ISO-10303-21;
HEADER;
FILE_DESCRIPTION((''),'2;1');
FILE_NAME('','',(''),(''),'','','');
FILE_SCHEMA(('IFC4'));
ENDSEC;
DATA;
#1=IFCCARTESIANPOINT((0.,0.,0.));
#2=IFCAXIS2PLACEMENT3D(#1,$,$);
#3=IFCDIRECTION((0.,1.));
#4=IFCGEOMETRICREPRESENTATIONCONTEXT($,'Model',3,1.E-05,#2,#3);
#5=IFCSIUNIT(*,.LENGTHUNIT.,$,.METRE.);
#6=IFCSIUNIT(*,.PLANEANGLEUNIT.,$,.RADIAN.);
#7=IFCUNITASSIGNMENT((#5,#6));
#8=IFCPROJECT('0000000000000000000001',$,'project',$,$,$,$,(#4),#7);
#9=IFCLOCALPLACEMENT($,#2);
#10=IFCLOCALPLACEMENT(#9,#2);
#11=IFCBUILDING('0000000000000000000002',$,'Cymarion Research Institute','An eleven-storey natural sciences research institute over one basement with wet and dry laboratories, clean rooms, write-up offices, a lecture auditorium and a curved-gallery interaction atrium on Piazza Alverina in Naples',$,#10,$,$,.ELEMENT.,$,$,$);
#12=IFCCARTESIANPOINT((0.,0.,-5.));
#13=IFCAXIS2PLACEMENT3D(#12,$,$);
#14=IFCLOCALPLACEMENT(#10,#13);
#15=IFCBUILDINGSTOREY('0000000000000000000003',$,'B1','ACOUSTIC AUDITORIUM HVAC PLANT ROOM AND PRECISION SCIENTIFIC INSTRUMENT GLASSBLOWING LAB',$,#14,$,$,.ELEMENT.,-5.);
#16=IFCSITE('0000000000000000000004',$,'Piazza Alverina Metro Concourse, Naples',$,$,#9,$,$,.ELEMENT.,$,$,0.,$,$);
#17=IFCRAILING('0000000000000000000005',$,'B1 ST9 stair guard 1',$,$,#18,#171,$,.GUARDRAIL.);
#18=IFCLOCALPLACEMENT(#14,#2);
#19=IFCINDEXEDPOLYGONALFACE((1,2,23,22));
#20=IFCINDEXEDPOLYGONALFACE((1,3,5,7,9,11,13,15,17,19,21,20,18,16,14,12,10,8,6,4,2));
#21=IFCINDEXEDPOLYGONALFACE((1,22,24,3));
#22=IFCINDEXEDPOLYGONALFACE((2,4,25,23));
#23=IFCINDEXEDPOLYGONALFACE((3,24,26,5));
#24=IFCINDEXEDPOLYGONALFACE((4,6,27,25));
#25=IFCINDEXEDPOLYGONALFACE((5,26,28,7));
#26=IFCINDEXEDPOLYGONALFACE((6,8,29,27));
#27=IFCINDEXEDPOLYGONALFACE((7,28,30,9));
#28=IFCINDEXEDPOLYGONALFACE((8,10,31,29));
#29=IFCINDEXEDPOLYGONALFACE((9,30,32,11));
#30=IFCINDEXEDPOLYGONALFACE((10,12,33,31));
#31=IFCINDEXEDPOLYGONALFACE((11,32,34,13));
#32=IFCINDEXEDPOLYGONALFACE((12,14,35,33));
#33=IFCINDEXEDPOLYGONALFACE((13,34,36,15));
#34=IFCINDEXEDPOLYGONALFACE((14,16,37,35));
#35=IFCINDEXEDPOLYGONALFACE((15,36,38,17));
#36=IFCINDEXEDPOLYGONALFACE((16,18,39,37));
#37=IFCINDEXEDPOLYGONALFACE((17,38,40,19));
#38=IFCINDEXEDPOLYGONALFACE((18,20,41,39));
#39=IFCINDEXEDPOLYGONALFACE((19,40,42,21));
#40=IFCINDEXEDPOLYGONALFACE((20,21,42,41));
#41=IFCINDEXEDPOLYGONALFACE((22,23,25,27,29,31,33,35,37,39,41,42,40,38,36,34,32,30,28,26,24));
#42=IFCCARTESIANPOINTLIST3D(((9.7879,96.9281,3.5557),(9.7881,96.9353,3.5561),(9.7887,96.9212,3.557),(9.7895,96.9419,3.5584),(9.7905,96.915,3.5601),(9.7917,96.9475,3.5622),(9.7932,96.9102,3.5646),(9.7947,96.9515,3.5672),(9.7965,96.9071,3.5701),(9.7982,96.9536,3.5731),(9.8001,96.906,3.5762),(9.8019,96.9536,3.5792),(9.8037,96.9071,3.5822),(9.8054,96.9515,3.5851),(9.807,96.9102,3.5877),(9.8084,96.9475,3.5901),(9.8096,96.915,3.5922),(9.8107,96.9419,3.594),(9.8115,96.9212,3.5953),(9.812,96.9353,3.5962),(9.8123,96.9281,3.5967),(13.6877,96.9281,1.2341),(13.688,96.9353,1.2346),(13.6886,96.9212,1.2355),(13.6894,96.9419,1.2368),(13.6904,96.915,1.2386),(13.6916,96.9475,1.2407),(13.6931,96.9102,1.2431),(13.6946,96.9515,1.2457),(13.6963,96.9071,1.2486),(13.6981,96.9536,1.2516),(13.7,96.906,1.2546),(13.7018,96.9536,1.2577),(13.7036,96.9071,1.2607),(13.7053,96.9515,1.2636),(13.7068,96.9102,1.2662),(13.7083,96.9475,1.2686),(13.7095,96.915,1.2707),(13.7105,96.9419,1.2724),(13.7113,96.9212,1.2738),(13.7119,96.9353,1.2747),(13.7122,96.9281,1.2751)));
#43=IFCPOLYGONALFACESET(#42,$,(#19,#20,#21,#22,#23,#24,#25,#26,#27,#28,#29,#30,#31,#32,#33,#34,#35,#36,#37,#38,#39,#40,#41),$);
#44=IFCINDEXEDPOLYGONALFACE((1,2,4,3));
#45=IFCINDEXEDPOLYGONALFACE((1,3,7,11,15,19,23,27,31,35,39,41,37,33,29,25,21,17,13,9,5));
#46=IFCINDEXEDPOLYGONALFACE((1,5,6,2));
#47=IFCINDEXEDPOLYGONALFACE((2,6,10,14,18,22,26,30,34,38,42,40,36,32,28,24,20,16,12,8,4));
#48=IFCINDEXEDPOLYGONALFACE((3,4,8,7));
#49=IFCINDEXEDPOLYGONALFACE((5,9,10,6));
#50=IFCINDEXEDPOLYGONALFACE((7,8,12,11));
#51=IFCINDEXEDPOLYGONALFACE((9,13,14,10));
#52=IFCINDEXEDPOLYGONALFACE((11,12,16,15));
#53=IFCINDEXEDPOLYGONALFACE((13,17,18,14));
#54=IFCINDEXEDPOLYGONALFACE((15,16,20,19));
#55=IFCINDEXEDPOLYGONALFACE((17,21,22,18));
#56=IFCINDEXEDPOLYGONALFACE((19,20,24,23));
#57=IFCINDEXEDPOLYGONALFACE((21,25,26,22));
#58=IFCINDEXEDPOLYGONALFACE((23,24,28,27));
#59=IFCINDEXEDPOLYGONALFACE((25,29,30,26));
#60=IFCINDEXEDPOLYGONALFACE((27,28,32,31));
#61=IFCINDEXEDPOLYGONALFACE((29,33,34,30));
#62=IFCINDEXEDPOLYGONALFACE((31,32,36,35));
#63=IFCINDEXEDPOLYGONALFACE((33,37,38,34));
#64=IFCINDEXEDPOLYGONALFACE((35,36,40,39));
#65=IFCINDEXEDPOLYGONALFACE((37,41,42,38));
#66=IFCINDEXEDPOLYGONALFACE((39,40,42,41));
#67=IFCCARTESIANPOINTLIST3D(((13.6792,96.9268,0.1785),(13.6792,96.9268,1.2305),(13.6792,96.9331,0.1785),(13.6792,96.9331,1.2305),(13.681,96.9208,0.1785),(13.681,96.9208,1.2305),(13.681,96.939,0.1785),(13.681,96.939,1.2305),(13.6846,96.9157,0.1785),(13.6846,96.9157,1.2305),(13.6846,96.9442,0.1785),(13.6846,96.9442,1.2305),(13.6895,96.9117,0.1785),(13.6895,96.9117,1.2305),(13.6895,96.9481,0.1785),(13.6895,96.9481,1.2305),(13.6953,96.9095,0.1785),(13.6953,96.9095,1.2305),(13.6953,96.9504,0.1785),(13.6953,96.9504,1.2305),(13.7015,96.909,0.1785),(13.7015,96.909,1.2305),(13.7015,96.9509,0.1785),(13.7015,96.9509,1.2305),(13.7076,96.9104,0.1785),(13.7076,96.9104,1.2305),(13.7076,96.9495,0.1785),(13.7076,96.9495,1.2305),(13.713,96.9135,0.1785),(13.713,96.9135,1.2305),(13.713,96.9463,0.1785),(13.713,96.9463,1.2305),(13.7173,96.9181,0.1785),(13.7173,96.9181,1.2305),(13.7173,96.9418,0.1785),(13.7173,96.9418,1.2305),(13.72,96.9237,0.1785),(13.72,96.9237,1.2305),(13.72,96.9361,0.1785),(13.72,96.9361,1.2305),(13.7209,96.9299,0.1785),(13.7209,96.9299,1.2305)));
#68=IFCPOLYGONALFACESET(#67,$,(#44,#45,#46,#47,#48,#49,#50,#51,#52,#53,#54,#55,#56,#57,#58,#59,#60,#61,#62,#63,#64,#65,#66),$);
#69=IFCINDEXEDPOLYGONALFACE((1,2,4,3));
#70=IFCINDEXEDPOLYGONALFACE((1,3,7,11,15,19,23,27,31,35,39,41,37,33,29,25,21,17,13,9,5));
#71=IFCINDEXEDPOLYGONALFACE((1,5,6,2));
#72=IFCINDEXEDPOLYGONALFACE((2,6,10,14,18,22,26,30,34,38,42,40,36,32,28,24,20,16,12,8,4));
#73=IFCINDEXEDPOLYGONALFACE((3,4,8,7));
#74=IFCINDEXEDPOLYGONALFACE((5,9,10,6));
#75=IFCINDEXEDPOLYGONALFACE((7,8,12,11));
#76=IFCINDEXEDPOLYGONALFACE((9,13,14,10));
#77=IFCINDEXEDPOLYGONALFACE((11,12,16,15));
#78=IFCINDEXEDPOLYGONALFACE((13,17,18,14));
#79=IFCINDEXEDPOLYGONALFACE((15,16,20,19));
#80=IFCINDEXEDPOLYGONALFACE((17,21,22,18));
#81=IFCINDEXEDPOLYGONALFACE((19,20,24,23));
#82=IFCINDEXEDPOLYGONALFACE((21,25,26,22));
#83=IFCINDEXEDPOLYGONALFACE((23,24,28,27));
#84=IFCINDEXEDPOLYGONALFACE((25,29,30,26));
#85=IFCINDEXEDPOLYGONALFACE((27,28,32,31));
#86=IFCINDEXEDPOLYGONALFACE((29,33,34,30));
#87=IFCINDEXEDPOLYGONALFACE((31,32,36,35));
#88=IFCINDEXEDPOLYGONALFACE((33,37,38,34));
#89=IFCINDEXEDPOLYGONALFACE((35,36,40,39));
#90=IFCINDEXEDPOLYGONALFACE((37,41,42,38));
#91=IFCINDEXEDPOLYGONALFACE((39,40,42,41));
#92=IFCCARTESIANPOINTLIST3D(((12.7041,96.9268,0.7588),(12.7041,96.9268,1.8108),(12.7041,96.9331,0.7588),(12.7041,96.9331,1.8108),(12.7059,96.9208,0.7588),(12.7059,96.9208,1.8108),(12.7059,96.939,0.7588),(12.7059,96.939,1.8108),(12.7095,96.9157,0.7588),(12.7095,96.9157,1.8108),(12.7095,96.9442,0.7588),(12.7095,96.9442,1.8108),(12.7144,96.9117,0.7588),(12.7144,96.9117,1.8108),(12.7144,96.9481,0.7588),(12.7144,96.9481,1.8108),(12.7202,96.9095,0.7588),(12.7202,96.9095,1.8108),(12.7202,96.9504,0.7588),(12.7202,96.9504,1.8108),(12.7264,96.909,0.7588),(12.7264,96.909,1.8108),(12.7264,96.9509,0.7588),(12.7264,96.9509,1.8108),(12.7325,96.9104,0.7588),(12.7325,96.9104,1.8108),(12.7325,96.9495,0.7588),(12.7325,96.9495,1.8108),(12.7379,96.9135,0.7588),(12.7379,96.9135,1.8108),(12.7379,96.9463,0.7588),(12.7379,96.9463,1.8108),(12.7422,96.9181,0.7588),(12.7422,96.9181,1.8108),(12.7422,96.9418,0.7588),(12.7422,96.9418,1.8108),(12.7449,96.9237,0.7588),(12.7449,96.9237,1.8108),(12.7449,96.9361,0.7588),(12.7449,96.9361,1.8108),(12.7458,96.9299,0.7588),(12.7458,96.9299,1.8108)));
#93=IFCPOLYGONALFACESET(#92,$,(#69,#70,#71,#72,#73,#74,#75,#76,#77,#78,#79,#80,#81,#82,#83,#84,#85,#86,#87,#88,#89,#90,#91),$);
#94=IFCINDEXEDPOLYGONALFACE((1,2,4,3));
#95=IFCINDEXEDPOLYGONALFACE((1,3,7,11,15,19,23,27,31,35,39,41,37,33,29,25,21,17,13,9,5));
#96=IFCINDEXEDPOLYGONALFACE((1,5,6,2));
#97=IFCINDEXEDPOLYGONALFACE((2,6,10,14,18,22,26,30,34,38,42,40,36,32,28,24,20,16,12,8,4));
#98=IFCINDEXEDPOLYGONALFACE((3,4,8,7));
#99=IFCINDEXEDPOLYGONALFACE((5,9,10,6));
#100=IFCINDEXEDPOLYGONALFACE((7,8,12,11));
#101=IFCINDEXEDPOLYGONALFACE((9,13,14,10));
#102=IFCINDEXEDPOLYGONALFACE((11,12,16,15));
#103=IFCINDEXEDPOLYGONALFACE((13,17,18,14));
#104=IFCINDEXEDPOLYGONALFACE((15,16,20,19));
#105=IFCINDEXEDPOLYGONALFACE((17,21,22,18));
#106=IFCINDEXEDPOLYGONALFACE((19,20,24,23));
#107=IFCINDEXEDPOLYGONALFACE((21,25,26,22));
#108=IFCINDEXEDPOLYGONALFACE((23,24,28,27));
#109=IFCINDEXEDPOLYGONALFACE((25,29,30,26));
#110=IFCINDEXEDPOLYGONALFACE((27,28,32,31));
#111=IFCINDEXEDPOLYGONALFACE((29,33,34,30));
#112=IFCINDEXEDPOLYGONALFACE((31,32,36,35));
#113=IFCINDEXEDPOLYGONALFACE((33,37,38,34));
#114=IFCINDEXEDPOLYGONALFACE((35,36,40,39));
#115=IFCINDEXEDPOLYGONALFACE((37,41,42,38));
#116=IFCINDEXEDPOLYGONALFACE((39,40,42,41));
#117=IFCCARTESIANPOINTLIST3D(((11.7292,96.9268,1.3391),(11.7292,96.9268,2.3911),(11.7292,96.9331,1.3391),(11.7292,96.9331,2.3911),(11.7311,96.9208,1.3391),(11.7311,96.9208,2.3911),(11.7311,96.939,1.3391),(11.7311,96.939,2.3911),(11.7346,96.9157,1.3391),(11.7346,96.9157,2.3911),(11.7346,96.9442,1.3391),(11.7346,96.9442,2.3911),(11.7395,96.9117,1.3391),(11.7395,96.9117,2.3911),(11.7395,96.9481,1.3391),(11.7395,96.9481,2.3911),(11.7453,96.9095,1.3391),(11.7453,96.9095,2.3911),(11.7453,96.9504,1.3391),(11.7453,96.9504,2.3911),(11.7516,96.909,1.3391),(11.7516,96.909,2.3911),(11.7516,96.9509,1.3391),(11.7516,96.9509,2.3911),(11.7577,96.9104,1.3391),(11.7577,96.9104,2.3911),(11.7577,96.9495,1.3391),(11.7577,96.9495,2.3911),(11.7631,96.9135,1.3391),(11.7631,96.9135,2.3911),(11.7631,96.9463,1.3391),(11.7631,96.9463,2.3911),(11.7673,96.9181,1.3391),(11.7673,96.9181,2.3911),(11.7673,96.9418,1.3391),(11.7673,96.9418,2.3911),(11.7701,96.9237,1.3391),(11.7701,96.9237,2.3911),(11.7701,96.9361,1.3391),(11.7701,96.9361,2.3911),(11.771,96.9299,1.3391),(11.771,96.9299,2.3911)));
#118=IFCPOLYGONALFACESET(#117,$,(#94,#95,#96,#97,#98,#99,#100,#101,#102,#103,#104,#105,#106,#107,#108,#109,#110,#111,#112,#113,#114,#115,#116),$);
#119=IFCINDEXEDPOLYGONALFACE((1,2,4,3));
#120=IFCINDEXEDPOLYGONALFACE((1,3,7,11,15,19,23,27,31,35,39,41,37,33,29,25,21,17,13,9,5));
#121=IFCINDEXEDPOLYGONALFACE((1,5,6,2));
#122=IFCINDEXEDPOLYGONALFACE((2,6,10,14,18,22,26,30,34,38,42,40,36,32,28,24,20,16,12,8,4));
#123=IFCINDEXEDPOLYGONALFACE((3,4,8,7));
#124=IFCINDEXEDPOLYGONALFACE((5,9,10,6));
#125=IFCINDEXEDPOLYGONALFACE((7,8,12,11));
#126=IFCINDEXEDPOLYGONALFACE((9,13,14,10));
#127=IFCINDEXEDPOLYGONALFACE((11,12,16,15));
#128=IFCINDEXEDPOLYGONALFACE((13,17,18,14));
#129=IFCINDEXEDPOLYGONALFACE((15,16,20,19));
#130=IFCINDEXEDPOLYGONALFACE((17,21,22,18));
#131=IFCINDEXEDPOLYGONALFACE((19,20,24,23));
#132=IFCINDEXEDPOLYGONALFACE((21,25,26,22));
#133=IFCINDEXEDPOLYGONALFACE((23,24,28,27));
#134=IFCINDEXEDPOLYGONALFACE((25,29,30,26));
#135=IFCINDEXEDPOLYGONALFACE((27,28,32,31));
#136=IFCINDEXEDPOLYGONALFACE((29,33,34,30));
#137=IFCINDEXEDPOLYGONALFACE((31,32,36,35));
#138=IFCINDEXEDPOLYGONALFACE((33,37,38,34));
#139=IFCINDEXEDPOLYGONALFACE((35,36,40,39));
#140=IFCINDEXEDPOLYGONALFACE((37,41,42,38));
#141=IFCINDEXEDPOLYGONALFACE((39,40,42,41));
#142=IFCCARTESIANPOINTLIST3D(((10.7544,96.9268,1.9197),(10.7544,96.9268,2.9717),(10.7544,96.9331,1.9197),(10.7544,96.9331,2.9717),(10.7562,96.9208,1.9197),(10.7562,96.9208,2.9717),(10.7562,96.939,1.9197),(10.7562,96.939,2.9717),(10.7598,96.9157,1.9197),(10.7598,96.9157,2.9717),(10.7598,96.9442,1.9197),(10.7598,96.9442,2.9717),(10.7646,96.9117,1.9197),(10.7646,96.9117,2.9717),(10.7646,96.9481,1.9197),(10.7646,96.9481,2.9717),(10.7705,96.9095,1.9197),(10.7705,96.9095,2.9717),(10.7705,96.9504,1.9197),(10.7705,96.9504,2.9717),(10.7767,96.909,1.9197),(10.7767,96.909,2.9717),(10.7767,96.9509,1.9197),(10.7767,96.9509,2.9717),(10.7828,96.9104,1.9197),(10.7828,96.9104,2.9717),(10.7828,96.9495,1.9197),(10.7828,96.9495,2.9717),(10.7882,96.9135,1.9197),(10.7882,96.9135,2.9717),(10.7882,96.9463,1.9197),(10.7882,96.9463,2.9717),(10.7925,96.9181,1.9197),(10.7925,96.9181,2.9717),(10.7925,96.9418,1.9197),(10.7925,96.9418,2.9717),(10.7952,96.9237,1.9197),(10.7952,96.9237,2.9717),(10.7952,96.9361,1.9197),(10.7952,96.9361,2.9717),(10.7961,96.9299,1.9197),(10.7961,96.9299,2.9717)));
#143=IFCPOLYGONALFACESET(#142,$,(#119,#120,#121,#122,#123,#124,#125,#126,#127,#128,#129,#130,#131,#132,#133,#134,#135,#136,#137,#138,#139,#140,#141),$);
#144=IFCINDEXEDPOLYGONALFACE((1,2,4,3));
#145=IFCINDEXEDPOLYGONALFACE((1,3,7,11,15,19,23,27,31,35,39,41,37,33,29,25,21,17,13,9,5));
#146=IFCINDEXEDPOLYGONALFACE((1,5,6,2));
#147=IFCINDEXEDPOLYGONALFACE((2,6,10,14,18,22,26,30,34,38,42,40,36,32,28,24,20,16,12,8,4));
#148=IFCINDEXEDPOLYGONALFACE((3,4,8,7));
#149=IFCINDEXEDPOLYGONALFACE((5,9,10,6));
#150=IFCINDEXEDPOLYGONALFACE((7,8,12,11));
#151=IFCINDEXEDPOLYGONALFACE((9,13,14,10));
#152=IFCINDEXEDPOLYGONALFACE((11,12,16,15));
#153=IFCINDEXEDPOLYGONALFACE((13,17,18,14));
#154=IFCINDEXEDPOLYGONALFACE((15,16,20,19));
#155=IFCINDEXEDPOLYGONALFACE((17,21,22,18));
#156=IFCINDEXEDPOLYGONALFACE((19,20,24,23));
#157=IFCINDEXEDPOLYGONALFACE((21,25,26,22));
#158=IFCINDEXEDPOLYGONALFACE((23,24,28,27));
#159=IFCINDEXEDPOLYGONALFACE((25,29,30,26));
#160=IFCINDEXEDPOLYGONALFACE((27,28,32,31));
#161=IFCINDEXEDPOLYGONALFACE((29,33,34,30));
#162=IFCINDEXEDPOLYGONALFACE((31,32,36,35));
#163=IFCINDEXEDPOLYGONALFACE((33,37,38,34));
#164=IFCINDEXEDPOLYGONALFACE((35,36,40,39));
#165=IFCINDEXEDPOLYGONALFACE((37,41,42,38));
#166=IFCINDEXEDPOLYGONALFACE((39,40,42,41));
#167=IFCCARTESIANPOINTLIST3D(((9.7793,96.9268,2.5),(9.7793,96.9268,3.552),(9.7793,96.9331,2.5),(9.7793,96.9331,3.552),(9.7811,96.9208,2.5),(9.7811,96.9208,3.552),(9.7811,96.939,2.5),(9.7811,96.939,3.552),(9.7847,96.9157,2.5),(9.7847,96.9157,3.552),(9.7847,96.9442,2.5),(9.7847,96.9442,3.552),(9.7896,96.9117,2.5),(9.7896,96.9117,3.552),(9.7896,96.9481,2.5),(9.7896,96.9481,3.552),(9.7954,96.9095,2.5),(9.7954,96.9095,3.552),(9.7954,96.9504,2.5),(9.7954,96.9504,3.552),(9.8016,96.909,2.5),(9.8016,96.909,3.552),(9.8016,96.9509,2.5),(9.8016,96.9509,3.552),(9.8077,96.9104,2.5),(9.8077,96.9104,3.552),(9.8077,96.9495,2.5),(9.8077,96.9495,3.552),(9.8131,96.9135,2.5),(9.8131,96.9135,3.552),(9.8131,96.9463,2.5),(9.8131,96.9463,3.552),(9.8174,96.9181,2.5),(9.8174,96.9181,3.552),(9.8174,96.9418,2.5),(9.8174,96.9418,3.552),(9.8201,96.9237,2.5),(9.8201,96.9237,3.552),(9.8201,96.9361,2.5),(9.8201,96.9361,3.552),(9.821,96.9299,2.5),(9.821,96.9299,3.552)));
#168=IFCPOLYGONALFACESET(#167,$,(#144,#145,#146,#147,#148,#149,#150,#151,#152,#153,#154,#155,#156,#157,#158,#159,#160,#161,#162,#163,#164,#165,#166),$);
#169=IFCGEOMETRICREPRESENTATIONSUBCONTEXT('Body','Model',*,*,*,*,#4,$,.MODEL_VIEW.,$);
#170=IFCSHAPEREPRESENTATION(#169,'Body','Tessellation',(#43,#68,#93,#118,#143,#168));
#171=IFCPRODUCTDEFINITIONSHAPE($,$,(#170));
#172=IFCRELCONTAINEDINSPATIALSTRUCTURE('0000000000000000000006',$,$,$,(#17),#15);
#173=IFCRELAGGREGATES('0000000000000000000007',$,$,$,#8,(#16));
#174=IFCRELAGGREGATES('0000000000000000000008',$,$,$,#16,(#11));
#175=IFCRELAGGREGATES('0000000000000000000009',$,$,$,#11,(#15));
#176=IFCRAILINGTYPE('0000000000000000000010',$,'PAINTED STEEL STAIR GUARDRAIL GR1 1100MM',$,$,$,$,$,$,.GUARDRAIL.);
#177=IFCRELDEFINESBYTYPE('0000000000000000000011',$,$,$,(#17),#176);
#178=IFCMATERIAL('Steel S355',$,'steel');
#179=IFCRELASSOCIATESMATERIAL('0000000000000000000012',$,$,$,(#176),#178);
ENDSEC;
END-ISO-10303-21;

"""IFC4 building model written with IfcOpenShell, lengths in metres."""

from ifc_helpers import new_model, si_unit, direction, frame, origin, origin_2d, place, context, subcontext, project, spatial, circle, extrude, material, type_object, element, save


model = new_model("IFC4")

# Units and contexts
model_context = context("Model", 3, precision=1e-05, world=origin(), true_north=direction((0.0, 1.0)))
body_context = subcontext(model_context, "Body", "Model", "MODEL_VIEW")
ifc_project = project(units=[si_unit("LENGTHUNIT", "METRE"), si_unit("PLANEANGLEUNIT", "RADIAN")], contexts=[model_context])

# Site, building, storey
site_placement = place(None, origin())
site = spatial("IfcSite", under=ifc_project, at=site_placement, Name="Piazza Alverina Metro Concourse, Naples", CompositionType="ELEMENT", RefElevation=0.0)
building_placement = place(site_placement, origin())
building = spatial("IfcBuilding", under=site, at=building_placement, Name="Cymarion Research Institute", Description="An eleven-storey natural sciences research institute over one basement with wet and dry laboratories, clean rooms, write-up offices, a lecture auditorium and a curved-gallery interaction atrium on Piazza Alverina in Naples", CompositionType="ELEMENT")
storey_placement = place(building_placement, frame((0.0, 0.0, -5.0)))
storey = spatial("IfcBuildingStorey", under=building, at=storey_placement, Name="B1", Description="ACOUSTIC AUDITORIUM HVAC PLANT ROOM AND PRECISION SCIENTIFIC INSTRUMENT GLASSBLOWING LAB", CompositionType="ELEMENT", Elevation=-5.0)

# Shared definitions
ifc_material_1 = material(Name="Steel S355", Category="steel")

# Railing
railing_type_1 = type_object("IfcRailingType", Name="PAINTED STEEL STAIR GUARDRAIL GR1 1100MM", PredefinedType="GUARDRAIL", material=ifc_material_1)
railing_1_placement = place(storey_placement, frame((13.7, 96.9299, 0.1785)))
element("IfcRailing", 1, at=railing_1_placement, inside=storey, type_object=railing_type_1, Name="B1 ST9 stair guard 1", PredefinedType="GUARDRAIL", context=body_context, shape_type="SweptSolid", body=[
    extrude(circle(Radius=0.0239, at=origin_2d()), frame((0.0, 0.0, 1.0762), z_axis=(-0.859277, 0.0, 0.51151), x_axis=(0.0, -1.0, 0.0)), (0.0, 0.0, 1.0), 4.5386),
    extrude(circle(Radius=0.021, at=origin_2d()), origin(), (0.0, 0.0, 1.0), 1.052),
    extrude(circle(Radius=0.021, at=origin_2d()), frame((-0.9751, 0.0, 0.5803)), (0.0, 0.0, 1.0), 1.052),
    extrude(circle(Radius=0.021, at=origin_2d()), frame((-1.95, 0.0, 1.1606)), (0.0, 0.0, 1.0), 1.052),
    extrude(circle(Radius=0.021, at=origin_2d()), frame((-2.9248, 0.0, 1.7412)), (0.0, 0.0, 1.0), 1.052),
    extrude(circle(Radius=0.021, at=origin_2d()), frame((-3.8999, 0.0, 2.3215)), (0.0, 0.0, 1.0), 1.052),
])

save(model, "model.ifc")
